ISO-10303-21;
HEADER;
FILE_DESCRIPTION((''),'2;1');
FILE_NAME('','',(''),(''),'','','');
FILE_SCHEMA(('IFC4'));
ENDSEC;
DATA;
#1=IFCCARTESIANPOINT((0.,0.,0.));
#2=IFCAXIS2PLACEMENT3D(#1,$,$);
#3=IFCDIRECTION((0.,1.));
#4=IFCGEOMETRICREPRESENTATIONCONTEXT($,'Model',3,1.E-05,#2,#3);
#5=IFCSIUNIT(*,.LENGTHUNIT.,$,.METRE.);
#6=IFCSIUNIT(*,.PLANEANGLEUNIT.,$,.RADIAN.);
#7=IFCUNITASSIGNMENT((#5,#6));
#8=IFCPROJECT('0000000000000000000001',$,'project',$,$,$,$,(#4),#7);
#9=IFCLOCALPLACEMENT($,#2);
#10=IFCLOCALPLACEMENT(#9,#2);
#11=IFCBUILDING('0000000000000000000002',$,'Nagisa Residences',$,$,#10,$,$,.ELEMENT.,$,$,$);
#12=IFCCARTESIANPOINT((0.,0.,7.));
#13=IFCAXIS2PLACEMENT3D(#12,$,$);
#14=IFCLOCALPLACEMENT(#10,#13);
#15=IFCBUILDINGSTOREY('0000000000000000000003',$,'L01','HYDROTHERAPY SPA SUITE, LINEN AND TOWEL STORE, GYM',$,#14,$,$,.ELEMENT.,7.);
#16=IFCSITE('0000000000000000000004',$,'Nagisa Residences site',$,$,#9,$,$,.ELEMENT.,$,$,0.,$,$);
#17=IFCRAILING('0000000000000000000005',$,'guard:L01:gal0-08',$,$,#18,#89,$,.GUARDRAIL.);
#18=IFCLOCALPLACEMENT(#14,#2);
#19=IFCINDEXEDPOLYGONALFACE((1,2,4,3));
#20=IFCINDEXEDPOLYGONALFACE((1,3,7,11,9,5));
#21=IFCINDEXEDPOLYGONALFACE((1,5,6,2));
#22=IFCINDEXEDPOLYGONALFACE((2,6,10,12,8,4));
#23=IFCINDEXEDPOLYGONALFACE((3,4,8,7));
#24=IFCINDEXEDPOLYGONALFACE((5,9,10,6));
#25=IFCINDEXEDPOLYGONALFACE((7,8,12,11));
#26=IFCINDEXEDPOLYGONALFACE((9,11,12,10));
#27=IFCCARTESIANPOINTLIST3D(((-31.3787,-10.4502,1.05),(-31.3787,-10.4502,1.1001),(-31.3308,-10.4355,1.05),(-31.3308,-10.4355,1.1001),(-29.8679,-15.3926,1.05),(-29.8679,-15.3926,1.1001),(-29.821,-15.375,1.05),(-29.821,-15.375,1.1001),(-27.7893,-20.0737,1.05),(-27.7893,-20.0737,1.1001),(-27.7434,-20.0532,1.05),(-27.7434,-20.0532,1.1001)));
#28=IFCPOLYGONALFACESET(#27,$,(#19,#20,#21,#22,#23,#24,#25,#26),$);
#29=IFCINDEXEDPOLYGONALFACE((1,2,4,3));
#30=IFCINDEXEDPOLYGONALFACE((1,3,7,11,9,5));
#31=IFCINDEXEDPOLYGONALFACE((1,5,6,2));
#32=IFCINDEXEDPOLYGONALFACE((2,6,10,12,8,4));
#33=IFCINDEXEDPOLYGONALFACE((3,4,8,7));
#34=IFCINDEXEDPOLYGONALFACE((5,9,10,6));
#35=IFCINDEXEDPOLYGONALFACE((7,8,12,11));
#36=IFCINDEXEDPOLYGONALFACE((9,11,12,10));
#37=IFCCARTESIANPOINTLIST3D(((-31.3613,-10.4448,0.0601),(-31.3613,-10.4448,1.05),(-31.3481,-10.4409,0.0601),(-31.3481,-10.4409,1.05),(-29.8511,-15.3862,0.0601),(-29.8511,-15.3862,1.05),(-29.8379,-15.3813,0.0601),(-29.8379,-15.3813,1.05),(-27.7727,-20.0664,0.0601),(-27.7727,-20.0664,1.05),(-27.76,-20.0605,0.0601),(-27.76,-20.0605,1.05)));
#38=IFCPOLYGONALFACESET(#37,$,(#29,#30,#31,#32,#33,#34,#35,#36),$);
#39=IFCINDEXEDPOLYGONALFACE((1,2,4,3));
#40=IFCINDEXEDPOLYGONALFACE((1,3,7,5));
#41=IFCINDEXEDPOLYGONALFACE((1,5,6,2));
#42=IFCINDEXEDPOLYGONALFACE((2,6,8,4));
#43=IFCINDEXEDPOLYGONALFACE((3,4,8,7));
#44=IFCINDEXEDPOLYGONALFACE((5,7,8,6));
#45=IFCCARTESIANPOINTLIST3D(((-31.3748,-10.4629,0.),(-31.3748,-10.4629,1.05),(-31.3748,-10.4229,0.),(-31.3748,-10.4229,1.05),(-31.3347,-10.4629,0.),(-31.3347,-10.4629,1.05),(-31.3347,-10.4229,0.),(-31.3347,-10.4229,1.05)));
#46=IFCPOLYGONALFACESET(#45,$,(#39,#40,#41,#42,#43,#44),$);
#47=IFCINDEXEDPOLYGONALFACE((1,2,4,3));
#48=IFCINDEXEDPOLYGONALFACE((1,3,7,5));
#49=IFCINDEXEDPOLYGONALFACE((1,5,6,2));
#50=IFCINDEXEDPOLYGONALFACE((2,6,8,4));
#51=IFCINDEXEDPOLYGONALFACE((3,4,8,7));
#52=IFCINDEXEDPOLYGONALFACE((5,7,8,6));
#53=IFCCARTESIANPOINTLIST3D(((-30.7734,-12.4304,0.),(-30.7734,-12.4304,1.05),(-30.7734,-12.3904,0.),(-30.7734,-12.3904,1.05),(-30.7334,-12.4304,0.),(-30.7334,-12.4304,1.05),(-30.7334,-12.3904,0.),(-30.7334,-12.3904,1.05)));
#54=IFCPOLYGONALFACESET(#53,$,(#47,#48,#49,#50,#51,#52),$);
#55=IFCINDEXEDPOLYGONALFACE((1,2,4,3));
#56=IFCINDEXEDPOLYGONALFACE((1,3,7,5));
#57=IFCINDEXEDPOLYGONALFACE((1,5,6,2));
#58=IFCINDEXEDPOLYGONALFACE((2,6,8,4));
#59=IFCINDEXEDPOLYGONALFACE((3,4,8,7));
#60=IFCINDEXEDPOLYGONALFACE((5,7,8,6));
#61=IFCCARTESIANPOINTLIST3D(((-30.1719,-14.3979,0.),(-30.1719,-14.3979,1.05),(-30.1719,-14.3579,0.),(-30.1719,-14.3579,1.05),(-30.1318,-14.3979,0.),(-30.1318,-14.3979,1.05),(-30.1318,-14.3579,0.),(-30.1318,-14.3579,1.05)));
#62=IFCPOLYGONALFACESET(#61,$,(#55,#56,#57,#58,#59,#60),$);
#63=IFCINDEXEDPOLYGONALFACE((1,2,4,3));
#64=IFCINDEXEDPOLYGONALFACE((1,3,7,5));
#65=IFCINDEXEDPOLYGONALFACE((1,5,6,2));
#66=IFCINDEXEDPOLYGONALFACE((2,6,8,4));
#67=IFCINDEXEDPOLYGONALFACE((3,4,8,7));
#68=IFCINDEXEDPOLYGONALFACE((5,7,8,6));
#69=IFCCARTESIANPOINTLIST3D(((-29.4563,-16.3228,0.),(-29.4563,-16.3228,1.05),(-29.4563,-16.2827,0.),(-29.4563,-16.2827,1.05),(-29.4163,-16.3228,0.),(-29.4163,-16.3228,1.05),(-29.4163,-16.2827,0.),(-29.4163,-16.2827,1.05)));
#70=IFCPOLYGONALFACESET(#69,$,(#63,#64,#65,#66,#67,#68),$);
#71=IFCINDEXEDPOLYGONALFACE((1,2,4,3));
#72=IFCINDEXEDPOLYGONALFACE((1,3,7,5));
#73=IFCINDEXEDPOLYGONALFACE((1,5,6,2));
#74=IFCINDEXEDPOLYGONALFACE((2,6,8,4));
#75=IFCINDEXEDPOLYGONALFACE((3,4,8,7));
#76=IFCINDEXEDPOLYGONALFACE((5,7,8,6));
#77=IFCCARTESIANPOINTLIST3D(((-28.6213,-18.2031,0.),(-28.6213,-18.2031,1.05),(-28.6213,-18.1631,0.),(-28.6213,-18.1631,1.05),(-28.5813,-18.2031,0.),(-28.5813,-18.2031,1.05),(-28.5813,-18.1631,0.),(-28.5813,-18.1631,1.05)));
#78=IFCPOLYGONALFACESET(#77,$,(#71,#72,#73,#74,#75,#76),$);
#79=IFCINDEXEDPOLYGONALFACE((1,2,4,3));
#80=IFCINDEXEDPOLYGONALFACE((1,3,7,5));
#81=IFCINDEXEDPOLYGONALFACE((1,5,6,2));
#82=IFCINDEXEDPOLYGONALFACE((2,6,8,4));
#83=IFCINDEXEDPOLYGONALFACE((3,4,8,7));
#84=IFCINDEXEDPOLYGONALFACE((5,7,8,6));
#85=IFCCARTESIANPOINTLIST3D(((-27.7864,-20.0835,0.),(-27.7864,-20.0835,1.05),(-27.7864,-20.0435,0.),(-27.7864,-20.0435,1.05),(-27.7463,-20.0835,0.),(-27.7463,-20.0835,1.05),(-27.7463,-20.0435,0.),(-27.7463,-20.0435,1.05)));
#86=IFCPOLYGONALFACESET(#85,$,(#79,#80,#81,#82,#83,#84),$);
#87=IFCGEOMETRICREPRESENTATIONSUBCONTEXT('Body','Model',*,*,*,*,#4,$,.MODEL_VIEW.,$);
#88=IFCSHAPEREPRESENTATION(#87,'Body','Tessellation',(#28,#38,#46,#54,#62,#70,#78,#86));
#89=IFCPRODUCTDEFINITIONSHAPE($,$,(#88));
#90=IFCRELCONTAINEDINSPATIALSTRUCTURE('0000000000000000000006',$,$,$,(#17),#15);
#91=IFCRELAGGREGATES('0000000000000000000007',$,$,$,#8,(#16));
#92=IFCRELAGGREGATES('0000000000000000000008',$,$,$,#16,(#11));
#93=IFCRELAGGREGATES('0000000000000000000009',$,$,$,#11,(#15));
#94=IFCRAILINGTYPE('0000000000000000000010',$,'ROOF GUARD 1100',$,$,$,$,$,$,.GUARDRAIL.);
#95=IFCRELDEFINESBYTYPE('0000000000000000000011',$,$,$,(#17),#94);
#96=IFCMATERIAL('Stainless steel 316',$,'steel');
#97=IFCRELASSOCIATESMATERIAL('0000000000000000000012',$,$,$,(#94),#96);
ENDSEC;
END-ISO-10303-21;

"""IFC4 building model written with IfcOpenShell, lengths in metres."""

from ifc_helpers import new_model, si_unit, direction, frame, origin, origin_2d, place, context, subcontext, project, spatial, polyline, rectangle, outline, extrude, material, type_object, element, save


model = new_model("IFC4")

# Units and contexts
model_context = context("Model", 3, precision=1e-05, world=origin(), true_north=direction((0.0, 1.0)))
body_context = subcontext(model_context, "Body", "Model", "MODEL_VIEW")
ifc_project = project(units=[si_unit("LENGTHUNIT", "METRE"), si_unit("PLANEANGLEUNIT", "RADIAN")], contexts=[model_context])

# Site, building, storey
site_placement = place(None, origin())
site = spatial("IfcSite", under=ifc_project, at=site_placement, Name="Nagisa Residences site", CompositionType="ELEMENT", RefElevation=0.0)
building_placement = place(site_placement, origin())
building = spatial("IfcBuilding", under=site, at=building_placement, Name="Nagisa Residences", CompositionType="ELEMENT")
storey_placement = place(building_placement, frame((0.0, 0.0, 7.0)))
storey = spatial("IfcBuildingStorey", under=building, at=storey_placement, Name="L01", Description="HYDROTHERAPY SPA SUITE, LINEN AND TOWEL STORE, GYM", CompositionType="ELEMENT", Elevation=7.0)

# Railing
ifc_material_1 = material(Name="Stainless steel 316", Category="steel")
railing_type = type_object("IfcRailingType", Name="ROOF GUARD 1100", PredefinedType="GUARDRAIL", material=ifc_material_1)
railing_1_placement = place(storey_placement, frame((-31.3547, -10.4429, 0.0)))
element("IfcRailing", 1, at=railing_1_placement, inside=storey, type_object=railing_type, Name="guard:L01:gal0-08", PredefinedType="GUARDRAIL", context=body_context, shape_type="SweptSolid", body=[
    extrude(outline(polyline([(1.5337, -4.9321), (0.0239, 0.0073), (-0.0239, -0.0073), (1.4868, -4.9497), (3.5654, -9.6309), (3.6113, -9.6104), (1.5337, -4.9321)])), frame((0.0, 0.0, 1.05)), (0.0, 0.0, 1.0), 0.05),
    extrude(outline(polyline([(1.5168, -4.9385), (0.0066, 0.002), (-0.0066, -0.002), (1.5037, -4.9434), (3.582, -9.6235), (3.5947, -9.6177), (1.5168, -4.9385)])), frame((0.0, 0.0, 0.0601)), (0.0, 0.0, 1.0), 0.99),
    extrude(rectangle(XDim=0.04, YDim=0.04, at=origin_2d()), origin(), (0.0, 0.0, 1.0), 1.05),
    extrude(rectangle(XDim=0.04, YDim=0.04, at=origin_2d()), frame((0.6013, -1.9675, 0.0)), (0.0, 0.0, 1.0), 1.05),
    extrude(rectangle(XDim=0.04, YDim=0.04, at=origin_2d()), frame((1.2029, -3.9351, 0.0)), (0.0, 0.0, 1.0), 1.05),
    extrude(rectangle(XDim=0.04, YDim=0.04, at=origin_2d()), frame((1.9185, -5.8599, 0.0)), (0.0, 0.0, 1.0), 1.05),
    extrude(rectangle(XDim=0.04, YDim=0.04, at=origin_2d()), frame((2.7534, -7.7402, 0.0)), (0.0, 0.0, 1.0), 1.05),
    extrude(rectangle(XDim=0.04, YDim=0.04, at=origin_2d()), frame((3.5884, -9.6206, 0.0)), (0.0, 0.0, 1.0), 1.05),
])

save(model, "model.ifc")
